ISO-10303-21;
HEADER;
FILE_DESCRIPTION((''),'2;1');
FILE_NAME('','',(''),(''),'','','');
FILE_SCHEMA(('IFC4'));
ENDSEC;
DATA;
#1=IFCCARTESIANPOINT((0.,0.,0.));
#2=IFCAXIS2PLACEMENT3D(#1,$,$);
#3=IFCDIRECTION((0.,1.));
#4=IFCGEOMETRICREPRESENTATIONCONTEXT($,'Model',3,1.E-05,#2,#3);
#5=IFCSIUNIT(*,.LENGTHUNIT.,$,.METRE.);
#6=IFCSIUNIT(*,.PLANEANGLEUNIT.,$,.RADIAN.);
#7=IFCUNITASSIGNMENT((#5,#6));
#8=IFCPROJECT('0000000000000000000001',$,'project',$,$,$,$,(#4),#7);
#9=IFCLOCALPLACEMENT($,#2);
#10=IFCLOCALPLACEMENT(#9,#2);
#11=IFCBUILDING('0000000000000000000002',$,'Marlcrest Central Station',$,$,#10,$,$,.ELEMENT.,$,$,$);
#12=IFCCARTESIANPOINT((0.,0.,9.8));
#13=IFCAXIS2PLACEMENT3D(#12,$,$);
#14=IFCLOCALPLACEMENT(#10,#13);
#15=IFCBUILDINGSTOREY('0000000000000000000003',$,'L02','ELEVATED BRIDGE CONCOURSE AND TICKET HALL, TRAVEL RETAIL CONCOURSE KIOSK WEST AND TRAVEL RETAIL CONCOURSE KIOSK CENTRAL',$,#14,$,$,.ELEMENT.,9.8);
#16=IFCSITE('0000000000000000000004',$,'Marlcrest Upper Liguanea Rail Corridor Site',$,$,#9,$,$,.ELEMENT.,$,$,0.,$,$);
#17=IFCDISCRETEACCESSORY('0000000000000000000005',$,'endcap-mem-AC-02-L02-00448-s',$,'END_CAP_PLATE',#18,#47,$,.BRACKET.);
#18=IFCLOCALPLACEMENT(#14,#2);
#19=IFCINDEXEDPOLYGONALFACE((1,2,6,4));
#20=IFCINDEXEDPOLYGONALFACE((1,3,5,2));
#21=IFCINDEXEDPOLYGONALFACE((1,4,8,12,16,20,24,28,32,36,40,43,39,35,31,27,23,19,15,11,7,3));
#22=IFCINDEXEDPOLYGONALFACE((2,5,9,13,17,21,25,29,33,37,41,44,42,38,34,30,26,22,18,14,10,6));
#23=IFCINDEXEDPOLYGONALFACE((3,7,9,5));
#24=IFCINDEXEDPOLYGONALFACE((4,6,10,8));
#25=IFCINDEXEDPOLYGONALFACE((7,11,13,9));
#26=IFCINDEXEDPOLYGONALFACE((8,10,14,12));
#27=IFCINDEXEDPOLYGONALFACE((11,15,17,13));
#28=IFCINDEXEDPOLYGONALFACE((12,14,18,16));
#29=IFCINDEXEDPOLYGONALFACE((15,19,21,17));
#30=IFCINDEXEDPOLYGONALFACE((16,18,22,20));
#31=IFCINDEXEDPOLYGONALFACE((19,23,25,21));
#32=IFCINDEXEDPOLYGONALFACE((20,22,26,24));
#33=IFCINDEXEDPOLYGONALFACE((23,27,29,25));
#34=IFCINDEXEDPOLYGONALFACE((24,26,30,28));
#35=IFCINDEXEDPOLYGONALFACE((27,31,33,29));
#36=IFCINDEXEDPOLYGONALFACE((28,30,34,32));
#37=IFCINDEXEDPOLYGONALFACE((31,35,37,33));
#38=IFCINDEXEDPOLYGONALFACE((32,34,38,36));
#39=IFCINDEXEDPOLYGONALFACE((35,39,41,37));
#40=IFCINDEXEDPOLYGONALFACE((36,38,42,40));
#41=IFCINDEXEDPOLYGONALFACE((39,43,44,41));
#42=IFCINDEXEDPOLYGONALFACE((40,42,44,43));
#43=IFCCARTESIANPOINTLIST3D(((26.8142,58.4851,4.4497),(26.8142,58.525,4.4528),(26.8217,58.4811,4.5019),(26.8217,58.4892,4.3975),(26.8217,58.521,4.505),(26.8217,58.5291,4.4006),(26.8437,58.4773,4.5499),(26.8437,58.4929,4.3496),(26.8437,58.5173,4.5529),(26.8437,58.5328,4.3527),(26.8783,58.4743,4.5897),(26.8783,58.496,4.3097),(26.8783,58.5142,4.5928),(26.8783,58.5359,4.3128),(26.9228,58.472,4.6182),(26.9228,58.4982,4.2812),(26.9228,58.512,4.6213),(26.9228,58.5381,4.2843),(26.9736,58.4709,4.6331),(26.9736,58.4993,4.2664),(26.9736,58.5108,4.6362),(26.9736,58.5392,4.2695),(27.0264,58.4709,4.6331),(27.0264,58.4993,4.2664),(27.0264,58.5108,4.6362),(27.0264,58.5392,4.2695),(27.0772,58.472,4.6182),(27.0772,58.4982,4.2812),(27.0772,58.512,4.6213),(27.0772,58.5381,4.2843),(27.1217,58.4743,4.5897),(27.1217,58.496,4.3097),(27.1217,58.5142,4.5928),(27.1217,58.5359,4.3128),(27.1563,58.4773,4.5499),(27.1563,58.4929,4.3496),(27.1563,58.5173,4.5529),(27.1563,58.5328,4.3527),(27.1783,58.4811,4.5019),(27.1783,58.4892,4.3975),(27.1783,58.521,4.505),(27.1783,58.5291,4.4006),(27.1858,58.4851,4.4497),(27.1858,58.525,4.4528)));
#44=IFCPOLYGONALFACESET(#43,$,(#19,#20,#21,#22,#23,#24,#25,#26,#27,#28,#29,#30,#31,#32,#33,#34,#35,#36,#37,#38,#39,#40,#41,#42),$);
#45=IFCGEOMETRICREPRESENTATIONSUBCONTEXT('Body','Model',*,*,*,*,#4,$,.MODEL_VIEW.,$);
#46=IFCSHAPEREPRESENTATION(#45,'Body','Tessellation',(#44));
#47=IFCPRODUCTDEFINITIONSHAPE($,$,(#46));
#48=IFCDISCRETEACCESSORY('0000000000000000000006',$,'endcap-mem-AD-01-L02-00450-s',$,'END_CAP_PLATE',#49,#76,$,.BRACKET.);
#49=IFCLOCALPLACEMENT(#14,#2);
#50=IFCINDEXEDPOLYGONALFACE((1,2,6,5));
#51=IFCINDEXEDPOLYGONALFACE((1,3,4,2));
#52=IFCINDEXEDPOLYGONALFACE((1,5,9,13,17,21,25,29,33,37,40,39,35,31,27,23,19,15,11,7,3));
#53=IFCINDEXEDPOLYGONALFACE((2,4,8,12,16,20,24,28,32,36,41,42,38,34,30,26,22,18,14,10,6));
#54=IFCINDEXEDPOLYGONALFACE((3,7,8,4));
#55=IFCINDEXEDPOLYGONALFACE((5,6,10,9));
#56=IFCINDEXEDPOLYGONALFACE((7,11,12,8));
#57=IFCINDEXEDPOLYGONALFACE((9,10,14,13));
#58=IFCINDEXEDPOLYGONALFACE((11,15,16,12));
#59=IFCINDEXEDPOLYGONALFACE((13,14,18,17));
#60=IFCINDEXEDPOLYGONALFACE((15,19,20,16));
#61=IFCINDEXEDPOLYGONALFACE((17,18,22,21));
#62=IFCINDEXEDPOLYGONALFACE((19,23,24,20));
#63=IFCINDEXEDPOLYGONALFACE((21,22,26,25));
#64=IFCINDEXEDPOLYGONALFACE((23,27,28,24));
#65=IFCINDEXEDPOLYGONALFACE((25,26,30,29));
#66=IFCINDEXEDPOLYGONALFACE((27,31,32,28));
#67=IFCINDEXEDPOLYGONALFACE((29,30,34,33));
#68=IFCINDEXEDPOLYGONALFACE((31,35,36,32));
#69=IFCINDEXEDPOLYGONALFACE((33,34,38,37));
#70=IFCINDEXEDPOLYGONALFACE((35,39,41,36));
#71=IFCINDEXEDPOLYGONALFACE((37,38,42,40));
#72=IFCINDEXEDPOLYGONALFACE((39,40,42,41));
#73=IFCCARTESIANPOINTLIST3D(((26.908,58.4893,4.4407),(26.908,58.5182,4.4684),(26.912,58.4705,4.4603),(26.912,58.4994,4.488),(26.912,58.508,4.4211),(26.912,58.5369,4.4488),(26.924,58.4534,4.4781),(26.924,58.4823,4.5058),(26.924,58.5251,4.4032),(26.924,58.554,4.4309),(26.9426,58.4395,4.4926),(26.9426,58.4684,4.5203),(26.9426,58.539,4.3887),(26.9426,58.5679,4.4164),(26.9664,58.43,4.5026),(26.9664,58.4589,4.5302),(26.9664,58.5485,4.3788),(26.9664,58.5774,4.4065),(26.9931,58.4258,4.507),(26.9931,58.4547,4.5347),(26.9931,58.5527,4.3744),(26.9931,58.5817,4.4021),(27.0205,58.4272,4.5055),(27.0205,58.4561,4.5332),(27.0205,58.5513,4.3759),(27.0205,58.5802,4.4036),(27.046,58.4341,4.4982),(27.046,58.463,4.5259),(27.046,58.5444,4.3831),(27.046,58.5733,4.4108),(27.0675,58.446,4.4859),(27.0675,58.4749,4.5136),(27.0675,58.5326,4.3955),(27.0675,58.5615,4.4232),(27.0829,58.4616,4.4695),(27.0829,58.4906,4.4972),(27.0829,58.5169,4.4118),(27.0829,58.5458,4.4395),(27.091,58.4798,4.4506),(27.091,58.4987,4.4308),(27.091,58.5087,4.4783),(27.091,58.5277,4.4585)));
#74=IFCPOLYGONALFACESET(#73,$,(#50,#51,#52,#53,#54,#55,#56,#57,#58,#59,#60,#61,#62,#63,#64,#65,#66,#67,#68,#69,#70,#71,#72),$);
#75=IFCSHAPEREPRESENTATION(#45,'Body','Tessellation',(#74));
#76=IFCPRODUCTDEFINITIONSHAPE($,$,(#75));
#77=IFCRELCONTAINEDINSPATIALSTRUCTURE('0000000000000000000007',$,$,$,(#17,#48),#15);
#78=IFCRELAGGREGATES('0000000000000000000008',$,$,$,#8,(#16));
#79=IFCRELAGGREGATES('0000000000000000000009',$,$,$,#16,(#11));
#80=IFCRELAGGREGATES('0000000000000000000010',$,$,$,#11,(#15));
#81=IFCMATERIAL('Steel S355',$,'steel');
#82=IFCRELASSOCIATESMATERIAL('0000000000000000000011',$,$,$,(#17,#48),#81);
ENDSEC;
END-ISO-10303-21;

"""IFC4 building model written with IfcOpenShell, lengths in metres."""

from ifc_helpers import new_model, si_unit, direction, frame, origin, origin_2d, place, context, subcontext, project, spatial, circle, extrude, material, element, save


model = new_model("IFC4")

# Units and contexts
model_context = context("Model", 3, precision=1e-05, world=origin(), true_north=direction((0.0, 1.0)))
body_context = subcontext(model_context, "Body", "Model", "MODEL_VIEW")
ifc_project = project(units=[si_unit("LENGTHUNIT", "METRE"), si_unit("PLANEANGLEUNIT", "RADIAN")], contexts=[model_context])

# Site, building, storey
site_placement = place(None, origin())
site = spatial("IfcSite", under=ifc_project, at=site_placement, Name="Marlcrest Upper Liguanea Rail Corridor Site", CompositionType="ELEMENT", RefElevation=0.0)
building_placement = place(site_placement, origin())
building = spatial("IfcBuilding", under=site, at=building_placement, Name="Marlcrest Central Station", CompositionType="ELEMENT")
storey_placement = place(building_placement, frame((0.0, 0.0, 9.8)))
storey = spatial("IfcBuildingStorey", under=building, at=storey_placement, Name="L02", Description="ELEVATED BRIDGE CONCOURSE AND TICKET HALL, TRAVEL RETAIL CONCOURSE KIOSK WEST AND TRAVEL RETAIL CONCOURSE KIOSK CENTRAL", CompositionType="ELEMENT", Elevation=9.8)

# Shared definitions
ifc_material = material(Name="Steel S355", Category="steel")

# Discrete accessories
discrete_accessory_1_placement = place(storey_placement, frame((27.0, 58.4851, 4.4497), z_axis=(0.0, 0.997007, 0.077307), x_axis=(-1.0, 0.0, 0.0)))
element("IfcDiscreteAccessory", 1, at=discrete_accessory_1_placement, inside=storey, material=ifc_material, Name="endcap-mem-AC-02-L02-00448-s", ObjectType="END_CAP_PLATE", PredefinedType="BRACKET", context=body_context, shape_type="SweptSolid", body=[
    extrude(circle(Radius=0.1858, at=origin_2d()), origin(), (0.0, 0.0, 1.0), 0.04),
])
discrete_accessory_2_placement = place(storey_placement, frame((27.0, 58.4893, 4.4407), z_axis=(0.0, 0.722247, 0.691636), x_axis=(-1.0, 0.0, 0.0)))
element("IfcDiscreteAccessory", 2, at=discrete_accessory_2_placement, inside=storey, material=ifc_material, Name="endcap-mem-AD-01-L02-00450-s", ObjectType="END_CAP_PLATE", PredefinedType="BRACKET", context=body_context, shape_type="SweptSolid", body=[
    extrude(circle(Radius=0.092, at=origin_2d()), origin(), (0.0, 0.0, 1.0), 0.04),
])

save(model, "model.ifc")
